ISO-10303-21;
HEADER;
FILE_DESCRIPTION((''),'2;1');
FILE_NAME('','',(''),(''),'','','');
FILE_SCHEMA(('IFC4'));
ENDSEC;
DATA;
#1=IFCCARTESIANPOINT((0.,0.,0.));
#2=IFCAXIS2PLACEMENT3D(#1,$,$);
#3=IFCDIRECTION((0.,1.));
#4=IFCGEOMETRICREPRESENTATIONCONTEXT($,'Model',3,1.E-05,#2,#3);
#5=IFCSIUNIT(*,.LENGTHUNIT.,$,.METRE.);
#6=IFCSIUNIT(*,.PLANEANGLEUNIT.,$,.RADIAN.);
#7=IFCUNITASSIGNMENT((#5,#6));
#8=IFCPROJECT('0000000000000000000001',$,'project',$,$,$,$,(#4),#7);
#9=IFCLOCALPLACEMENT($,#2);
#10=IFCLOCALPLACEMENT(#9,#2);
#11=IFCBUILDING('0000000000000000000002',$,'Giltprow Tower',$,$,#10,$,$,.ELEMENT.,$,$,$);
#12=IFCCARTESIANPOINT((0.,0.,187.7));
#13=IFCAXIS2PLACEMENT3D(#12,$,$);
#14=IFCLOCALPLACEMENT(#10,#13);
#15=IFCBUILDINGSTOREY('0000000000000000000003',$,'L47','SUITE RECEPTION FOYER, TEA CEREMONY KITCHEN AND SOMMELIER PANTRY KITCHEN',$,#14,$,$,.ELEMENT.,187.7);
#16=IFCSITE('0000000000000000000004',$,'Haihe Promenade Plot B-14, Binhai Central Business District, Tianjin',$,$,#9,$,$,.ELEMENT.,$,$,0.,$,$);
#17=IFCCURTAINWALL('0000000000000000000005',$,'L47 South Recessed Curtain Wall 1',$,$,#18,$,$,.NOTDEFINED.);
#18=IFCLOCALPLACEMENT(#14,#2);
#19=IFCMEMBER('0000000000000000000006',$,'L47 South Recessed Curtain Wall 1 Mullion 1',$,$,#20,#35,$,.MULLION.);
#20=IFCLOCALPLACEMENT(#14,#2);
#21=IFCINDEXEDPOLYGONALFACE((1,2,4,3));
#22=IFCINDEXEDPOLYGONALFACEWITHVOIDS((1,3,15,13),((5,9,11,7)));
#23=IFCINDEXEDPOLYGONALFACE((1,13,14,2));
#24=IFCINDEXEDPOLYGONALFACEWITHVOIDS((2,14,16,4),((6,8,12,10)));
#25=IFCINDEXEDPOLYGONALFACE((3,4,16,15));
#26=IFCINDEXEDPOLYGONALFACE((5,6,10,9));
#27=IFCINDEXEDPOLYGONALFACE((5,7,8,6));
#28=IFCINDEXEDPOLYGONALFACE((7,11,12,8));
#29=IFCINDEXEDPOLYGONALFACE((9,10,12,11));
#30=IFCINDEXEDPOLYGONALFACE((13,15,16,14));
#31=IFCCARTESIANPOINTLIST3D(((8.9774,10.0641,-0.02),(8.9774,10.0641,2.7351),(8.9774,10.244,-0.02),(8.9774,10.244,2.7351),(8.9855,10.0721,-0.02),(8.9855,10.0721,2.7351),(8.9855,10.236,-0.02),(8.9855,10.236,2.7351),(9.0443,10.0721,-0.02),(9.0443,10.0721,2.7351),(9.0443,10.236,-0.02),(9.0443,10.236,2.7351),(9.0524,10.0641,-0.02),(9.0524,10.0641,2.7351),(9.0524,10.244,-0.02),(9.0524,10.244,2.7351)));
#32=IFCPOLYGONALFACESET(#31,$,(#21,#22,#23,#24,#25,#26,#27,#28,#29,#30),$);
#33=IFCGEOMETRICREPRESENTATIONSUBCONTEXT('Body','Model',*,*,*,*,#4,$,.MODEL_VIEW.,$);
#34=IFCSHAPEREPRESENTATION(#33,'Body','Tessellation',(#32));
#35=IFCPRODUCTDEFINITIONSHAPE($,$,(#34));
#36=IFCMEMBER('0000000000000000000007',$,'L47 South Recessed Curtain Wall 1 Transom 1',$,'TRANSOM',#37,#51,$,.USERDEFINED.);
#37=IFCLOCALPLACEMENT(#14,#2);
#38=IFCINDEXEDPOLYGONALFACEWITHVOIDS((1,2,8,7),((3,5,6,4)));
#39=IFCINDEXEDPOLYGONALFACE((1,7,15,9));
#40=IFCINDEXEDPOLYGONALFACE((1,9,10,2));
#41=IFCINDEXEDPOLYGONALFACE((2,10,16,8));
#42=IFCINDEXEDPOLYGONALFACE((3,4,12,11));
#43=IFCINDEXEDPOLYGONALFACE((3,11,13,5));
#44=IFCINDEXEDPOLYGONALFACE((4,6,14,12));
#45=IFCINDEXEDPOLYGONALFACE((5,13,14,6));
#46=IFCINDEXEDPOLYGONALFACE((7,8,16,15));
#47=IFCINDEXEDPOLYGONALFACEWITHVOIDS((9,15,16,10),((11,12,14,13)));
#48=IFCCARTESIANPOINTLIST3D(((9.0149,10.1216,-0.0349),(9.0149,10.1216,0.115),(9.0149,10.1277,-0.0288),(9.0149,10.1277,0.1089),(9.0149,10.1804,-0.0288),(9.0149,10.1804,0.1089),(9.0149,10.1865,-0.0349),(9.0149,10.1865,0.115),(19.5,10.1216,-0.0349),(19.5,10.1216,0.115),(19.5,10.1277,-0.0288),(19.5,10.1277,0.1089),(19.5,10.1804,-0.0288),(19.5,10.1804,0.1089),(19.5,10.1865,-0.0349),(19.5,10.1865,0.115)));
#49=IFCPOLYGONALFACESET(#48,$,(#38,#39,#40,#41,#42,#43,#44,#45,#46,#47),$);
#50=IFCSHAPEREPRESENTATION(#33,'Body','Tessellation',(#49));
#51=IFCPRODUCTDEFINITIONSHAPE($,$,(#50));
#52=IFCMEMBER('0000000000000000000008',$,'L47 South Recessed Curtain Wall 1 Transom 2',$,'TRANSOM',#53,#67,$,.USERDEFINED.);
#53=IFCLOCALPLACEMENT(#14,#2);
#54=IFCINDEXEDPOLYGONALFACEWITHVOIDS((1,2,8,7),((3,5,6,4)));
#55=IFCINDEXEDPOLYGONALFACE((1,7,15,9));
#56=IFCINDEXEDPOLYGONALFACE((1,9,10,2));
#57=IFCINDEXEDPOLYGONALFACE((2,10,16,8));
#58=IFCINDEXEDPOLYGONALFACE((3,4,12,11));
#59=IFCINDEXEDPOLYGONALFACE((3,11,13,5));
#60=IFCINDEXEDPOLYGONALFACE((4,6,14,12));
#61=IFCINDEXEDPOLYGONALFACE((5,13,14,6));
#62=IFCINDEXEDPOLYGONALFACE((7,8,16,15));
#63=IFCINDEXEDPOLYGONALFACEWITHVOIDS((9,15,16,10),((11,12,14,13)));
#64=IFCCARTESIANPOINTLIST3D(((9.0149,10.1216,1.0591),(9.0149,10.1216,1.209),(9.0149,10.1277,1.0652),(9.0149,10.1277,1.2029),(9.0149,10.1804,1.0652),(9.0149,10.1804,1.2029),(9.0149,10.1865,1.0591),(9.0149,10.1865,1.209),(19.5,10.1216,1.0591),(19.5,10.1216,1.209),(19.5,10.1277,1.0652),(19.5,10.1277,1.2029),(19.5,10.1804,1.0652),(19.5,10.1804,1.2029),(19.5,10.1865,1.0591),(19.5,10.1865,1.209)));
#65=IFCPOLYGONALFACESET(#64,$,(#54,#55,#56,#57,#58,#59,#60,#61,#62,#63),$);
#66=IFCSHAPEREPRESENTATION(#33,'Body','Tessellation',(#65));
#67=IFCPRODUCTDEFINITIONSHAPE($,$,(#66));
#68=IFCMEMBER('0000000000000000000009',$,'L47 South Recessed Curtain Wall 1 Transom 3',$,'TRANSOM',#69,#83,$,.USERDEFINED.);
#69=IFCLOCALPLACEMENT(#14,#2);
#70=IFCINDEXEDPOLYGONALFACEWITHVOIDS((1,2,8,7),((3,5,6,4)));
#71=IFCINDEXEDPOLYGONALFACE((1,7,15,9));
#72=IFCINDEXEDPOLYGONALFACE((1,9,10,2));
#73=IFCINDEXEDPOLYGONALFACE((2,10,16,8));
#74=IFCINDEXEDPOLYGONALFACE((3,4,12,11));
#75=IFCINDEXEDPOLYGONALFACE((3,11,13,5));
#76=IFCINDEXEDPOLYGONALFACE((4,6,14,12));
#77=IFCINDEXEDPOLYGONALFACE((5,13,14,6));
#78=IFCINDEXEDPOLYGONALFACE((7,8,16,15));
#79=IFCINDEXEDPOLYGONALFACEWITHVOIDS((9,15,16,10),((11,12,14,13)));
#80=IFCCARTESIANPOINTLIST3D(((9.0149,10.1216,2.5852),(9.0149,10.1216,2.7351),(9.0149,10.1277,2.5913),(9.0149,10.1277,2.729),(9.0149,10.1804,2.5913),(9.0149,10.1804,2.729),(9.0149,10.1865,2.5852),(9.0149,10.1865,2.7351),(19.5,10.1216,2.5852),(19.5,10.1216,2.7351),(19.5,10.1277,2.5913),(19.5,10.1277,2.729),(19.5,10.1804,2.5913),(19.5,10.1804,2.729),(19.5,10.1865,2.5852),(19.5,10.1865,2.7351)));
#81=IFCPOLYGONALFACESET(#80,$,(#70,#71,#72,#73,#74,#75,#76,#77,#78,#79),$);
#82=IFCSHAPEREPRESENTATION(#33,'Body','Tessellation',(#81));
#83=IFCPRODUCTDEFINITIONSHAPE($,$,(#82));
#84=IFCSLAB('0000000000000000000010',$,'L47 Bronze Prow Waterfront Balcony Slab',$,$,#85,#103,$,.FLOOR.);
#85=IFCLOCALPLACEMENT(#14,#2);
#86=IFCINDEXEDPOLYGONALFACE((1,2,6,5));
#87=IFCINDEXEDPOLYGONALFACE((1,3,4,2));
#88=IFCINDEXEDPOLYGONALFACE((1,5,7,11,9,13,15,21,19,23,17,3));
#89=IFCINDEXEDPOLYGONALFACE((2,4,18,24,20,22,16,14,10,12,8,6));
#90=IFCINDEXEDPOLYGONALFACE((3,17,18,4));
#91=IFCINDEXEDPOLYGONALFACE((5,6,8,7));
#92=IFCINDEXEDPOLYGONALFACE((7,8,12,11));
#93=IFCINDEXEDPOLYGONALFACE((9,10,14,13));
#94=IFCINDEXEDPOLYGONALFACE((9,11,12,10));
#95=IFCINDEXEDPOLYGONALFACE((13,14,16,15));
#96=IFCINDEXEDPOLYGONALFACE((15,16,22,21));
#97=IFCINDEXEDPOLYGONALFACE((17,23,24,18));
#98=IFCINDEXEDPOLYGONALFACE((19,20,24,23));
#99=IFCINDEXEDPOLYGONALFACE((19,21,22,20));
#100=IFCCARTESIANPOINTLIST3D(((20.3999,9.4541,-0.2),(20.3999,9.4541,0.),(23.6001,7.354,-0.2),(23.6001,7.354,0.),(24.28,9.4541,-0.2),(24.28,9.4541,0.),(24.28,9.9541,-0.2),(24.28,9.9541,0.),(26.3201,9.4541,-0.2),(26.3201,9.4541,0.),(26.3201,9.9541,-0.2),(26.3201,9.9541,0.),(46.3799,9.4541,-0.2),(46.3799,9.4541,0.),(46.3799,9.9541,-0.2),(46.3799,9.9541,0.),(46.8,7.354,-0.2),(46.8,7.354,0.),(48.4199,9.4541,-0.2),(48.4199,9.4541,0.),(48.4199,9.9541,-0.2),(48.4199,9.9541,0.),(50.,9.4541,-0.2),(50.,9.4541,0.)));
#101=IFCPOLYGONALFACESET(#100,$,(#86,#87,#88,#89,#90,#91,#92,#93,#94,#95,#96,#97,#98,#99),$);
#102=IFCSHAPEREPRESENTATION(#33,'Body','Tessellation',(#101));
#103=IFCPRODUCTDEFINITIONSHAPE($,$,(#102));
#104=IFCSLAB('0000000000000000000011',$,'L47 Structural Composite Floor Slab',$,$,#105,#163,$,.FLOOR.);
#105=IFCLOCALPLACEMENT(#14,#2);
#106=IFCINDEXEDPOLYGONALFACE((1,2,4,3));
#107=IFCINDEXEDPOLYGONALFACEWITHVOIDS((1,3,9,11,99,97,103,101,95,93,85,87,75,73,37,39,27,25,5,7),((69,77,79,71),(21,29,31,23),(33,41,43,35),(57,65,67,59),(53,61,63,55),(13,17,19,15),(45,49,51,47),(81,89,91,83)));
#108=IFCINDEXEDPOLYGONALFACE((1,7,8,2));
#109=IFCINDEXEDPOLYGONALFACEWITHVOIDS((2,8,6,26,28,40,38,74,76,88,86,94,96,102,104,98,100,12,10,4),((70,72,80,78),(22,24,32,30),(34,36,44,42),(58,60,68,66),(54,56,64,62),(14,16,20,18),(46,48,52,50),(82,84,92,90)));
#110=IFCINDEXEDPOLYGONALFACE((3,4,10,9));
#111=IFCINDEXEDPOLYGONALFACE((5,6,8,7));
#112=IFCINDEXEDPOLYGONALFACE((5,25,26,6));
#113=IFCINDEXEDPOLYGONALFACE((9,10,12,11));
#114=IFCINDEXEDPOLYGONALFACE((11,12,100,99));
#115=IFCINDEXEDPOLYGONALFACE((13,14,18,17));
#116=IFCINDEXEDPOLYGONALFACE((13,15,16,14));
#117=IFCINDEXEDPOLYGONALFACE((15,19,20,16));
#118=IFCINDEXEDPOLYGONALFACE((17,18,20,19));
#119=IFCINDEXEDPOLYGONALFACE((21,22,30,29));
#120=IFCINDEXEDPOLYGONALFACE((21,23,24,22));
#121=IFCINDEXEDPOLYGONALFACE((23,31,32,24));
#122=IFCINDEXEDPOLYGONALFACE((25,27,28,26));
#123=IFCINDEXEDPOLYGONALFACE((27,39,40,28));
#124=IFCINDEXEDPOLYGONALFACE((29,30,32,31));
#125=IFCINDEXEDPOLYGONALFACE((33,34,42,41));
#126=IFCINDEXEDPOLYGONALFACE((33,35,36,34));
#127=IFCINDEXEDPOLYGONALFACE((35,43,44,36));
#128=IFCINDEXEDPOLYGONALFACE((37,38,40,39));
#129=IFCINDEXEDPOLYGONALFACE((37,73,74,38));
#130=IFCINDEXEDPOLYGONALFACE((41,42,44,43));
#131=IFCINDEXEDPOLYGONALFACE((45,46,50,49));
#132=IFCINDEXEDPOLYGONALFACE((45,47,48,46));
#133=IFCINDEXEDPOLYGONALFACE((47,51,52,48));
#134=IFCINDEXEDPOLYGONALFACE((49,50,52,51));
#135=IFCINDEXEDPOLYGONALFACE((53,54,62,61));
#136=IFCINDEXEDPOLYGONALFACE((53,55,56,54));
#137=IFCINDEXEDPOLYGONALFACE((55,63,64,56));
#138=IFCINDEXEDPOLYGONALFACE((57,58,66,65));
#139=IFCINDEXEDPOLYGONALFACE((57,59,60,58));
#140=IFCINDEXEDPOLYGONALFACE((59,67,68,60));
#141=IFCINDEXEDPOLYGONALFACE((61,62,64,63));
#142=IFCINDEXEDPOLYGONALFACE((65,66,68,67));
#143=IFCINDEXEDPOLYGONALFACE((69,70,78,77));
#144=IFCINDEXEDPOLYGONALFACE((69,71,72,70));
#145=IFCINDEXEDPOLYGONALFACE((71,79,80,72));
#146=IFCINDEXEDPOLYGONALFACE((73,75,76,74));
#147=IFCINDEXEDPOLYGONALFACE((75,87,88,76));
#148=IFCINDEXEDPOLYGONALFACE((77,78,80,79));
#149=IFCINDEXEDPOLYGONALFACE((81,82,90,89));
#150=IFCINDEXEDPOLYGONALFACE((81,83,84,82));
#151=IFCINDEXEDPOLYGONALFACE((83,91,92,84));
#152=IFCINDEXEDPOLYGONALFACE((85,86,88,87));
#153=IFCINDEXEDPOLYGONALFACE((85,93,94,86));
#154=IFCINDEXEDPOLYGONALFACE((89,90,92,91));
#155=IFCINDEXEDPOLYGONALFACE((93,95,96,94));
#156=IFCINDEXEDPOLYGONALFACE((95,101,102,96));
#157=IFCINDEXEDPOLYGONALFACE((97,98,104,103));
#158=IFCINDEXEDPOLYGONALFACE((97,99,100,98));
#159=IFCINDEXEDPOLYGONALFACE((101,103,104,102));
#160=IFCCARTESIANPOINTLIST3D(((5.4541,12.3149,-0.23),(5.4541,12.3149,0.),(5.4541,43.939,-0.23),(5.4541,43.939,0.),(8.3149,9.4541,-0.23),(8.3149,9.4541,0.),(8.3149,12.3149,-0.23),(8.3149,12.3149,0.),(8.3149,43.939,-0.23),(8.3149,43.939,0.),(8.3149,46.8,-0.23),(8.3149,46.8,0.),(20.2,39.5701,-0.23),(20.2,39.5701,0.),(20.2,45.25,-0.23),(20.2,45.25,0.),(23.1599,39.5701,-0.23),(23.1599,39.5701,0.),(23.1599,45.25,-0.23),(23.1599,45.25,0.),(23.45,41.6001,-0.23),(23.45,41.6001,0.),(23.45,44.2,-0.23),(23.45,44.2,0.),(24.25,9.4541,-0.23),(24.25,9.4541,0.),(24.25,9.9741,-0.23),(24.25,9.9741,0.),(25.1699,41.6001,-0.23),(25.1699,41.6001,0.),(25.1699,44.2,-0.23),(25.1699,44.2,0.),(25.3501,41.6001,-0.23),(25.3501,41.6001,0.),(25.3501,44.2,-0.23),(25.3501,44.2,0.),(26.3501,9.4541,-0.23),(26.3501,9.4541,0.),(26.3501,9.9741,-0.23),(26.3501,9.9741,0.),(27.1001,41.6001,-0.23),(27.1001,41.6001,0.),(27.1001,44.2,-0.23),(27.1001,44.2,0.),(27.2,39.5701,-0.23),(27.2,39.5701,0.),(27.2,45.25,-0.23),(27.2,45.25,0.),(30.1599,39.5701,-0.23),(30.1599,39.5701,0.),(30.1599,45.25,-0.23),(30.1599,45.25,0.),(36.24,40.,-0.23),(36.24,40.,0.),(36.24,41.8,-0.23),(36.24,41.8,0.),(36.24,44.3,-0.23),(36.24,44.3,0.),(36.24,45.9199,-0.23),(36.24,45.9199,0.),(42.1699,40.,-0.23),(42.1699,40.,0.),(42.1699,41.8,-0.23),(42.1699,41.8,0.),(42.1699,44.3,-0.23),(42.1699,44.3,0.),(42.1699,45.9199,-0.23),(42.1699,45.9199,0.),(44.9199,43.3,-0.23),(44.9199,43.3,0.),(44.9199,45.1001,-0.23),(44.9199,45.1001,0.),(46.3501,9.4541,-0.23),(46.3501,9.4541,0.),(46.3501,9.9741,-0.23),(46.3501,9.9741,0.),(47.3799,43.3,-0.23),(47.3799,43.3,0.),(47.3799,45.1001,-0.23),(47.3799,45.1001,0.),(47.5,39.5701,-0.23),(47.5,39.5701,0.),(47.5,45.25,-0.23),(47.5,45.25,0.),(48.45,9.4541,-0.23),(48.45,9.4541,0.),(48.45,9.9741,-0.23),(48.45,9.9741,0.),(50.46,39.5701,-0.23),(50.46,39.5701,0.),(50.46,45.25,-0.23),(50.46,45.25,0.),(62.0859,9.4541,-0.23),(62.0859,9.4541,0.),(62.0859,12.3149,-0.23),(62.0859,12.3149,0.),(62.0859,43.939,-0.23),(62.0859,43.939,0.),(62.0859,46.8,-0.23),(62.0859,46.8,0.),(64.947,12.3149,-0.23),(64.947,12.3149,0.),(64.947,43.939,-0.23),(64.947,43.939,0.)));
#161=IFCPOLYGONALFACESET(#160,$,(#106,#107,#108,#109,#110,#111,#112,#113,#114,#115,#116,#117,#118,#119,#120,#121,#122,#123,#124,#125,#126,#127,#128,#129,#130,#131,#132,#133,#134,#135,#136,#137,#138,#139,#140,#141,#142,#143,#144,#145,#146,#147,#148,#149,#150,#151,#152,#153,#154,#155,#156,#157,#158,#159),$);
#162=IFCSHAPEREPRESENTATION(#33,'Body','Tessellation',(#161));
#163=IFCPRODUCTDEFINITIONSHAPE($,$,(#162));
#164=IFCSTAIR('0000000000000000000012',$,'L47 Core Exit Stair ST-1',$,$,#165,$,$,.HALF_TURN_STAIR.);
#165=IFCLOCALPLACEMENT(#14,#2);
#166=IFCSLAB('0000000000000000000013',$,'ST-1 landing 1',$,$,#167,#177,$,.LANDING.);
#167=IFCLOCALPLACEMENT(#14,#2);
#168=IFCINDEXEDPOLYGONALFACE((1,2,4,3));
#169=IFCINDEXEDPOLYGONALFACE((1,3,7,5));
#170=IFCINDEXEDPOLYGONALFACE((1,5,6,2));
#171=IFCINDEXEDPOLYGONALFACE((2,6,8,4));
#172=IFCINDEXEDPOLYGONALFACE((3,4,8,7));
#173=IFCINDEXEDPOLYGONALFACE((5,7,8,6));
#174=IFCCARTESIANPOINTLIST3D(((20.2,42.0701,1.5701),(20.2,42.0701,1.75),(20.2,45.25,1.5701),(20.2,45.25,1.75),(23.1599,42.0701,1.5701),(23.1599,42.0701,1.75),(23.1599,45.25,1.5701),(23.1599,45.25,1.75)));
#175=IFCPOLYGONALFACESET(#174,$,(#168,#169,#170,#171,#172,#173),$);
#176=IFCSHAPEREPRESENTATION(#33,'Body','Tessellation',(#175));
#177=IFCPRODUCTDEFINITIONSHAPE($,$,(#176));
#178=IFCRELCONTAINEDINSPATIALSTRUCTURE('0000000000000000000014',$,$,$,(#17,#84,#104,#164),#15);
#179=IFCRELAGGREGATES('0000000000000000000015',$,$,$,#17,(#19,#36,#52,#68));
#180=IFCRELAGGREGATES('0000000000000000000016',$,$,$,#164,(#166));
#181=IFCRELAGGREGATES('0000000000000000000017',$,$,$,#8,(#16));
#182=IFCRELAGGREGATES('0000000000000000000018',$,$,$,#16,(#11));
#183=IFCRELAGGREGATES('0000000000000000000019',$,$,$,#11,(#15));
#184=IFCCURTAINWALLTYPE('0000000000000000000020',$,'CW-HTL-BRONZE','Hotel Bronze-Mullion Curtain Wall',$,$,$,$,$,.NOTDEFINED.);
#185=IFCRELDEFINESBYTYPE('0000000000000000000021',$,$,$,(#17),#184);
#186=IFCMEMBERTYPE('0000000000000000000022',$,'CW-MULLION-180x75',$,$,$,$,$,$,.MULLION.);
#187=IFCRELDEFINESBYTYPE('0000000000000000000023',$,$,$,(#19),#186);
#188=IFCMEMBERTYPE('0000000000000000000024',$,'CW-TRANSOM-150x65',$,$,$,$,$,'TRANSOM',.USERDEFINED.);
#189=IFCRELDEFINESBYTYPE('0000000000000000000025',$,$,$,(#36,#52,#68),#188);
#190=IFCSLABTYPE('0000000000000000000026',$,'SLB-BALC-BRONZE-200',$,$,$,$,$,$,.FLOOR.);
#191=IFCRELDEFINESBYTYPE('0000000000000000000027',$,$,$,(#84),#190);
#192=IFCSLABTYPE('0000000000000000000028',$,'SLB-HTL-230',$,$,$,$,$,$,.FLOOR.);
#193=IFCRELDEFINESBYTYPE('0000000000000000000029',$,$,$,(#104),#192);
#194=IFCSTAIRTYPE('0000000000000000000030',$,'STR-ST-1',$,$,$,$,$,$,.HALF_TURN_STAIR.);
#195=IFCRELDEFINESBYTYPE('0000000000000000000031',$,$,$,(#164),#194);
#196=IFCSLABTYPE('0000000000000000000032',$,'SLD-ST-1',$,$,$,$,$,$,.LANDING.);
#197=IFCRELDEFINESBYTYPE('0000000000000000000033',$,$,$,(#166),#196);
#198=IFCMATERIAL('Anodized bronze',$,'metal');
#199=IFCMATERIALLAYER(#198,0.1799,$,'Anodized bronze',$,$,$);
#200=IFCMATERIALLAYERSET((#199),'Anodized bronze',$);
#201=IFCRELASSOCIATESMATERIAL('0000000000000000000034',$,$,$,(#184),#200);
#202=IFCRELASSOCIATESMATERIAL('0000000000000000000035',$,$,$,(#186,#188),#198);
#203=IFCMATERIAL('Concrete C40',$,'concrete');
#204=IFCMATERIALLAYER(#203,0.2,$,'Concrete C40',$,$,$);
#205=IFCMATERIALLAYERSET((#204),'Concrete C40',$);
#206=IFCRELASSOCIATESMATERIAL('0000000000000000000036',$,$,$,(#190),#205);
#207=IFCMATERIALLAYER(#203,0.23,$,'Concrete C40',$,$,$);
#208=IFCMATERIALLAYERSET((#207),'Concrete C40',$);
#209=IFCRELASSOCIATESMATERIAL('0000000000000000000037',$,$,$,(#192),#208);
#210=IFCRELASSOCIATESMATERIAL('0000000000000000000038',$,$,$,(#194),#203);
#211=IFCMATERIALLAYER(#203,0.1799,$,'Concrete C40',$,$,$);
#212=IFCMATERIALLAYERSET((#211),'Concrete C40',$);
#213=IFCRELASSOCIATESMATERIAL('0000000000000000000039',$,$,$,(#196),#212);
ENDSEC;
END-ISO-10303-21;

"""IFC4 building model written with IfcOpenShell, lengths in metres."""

from ifc_helpers import new_model, si_unit, direction, frame, origin, origin_2d, place, context, subcontext, project, spatial, polyline, hollow_rectangle, outline, extrude, source, transform, mapped, material, layer, layer_set, material_profile, profile_set, type_object, element, aggregate, save


model = new_model("IFC4")

# Units and contexts
model_context = context("Model", 3, precision=1e-05, world=origin(), true_north=direction((0.0, 1.0)))
body_context = subcontext(model_context, "Body", "Model", "MODEL_VIEW")
ifc_project = project(units=[si_unit("LENGTHUNIT", "METRE"), si_unit("PLANEANGLEUNIT", "RADIAN")], contexts=[model_context])

# Site, building, storey
site_placement = place(None, origin())
site = spatial("IfcSite", under=ifc_project, at=site_placement, Name="Haihe Promenade Plot B-14, Binhai Central Business District, Tianjin", CompositionType="ELEMENT", RefElevation=0.0)
building_placement = place(site_placement, origin())
building = spatial("IfcBuilding", under=site, at=building_placement, Name="Giltprow Tower", CompositionType="ELEMENT")
storey_placement = place(building_placement, frame((0.0, 0.0, 187.7)))
storey = spatial("IfcBuildingStorey", under=building, at=storey_placement, Name="L47", Description="SUITE RECEPTION FOYER, TEA CEREMONY KITCHEN AND SOMMELIER PANTRY KITCHEN", CompositionType="ELEMENT", Elevation=187.7)

# Curtain wall, members
ifc_material_1 = material(Name="Anodized bronze", Category="metal")
ifc_layer_1 = layer(ifc_material_1, 0.1799, Name="Anodized bronze")
ifc_layer_set_1 = layer_set([ifc_layer_1], Name="Anodized bronze")
curtain_wall_type = type_object("IfcCurtainWallType", Name="CW-HTL-BRONZE", Description="Hotel Bronze-Mullion Curtain Wall", PredefinedType="NOTDEFINED", material=ifc_layer_set_1)
curtain_wall_placement = place(storey_placement, origin())
curtain_wall = element("IfcCurtainWall", 1, at=curtain_wall_placement, inside=storey, type_object=curtain_wall_type, Name="L47 South Recessed Curtain Wall 1", PredefinedType="NOTDEFINED")
ifc_material_profile_1 = material_profile(ifc_material_1, hollow_rectangle(XDim=0.075, YDim=0.1799, WallThickness=0.0081, at=origin_2d()), Name="RHS 180x75x8")
ifc_profile_set_1 = profile_set([ifc_material_profile_1], Name="Anodized bronze")
member_type_1 = type_object("IfcMemberType", Name="CW-MULLION-180x75", PredefinedType="MULLION", material=ifc_profile_set_1)
shared_shape_1 = source(origin(), body_context, "Body", "SweptSolid", [
    extrude(hollow_rectangle(XDim=0.075, YDim=0.1799, WallThickness=0.0081, at=origin_2d()), origin(), (0.0, 0.0, 1.0), 2.7551),
])
member_1_placement = place(storey_placement, frame((9.0149, 10.1541, -0.02), z_axis=(0.0, 0.0, 1.0), x_axis=(1.0, 0.0, 0.0)))
member_1 = element("IfcMember", 2, at=member_1_placement, type_object=member_type_1, Name="L47 South Recessed Curtain Wall 1 Mullion 1", PredefinedType="MULLION", context=body_context, shape_type="MappedRepresentation", body=[
    mapped(shared_shape_1, transform((0.0, 0.0, 0.0), x_axis=(1.0, 0.0, 0.0), y_axis=(0.0, 1.0, 0.0), z_axis=(0.0, 0.0, 1.0), scale=1.0)),
])
ifc_material_profile_2 = material_profile(ifc_material_1, hollow_rectangle(XDim=0.0649, YDim=0.1499, WallThickness=0.0061, at=origin_2d()), Name="RHS 150x65x6")
ifc_profile_set_2 = profile_set([ifc_material_profile_2], Name="Anodized bronze")
member_type_2 = type_object("IfcMemberType", Name="CW-TRANSOM-150x65", ElementType="TRANSOM", PredefinedType="USERDEFINED", material=ifc_profile_set_2)
shared_shape_2 = source(origin(), body_context, "Body", "SweptSolid", [
    extrude(hollow_rectangle(XDim=0.0649, YDim=0.1499, WallThickness=0.0061, at=origin_2d()), origin(), (0.0, 0.0, 1.0), 10.4851),
])
member_2_placement = place(storey_placement, frame((9.0149, 10.1541, 0.04), z_axis=(1.0, 0.0, 0.0), x_axis=(0.0, 1.0, 0.0)))
member_2 = element("IfcMember", 3, at=member_2_placement, type_object=member_type_2, Name="L47 South Recessed Curtain Wall 1 Transom 1", ObjectType="TRANSOM", PredefinedType="USERDEFINED", context=body_context, shape_type="MappedRepresentation", body=[
    mapped(shared_shape_2, transform((0.0, 0.0, 0.0), x_axis=(1.0, 0.0, 0.0), y_axis=(0.0, 1.0, 0.0), z_axis=(0.0, 0.0, 1.0), scale=1.0)),
])
member_3_placement = place(storey_placement, frame((9.0149, 10.1541, 1.134), z_axis=(1.0, 0.0, 0.0), x_axis=(0.0, 1.0, 0.0)))
member_3 = element("IfcMember", 4, at=member_3_placement, type_object=member_type_2, Name="L47 South Recessed Curtain Wall 1 Transom 2", ObjectType="TRANSOM", PredefinedType="USERDEFINED", context=body_context, shape_type="MappedRepresentation", body=[
    mapped(shared_shape_2, transform((0.0, 0.0, 0.0), x_axis=(1.0, 0.0, 0.0), y_axis=(0.0, 1.0, 0.0), z_axis=(0.0, 0.0, 1.0), scale=1.0)),
])
member_4_placement = place(storey_placement, frame((9.0149, 10.1541, 2.6602), z_axis=(1.0, 0.0, 0.0), x_axis=(0.0, 1.0, 0.0)))
member_4 = element("IfcMember", 5, at=member_4_placement, type_object=member_type_2, Name="L47 South Recessed Curtain Wall 1 Transom 3", ObjectType="TRANSOM", PredefinedType="USERDEFINED", context=body_context, shape_type="MappedRepresentation", body=[
    mapped(shared_shape_2, transform((0.0, 0.0, 0.0), x_axis=(1.0, 0.0, 0.0), y_axis=(0.0, 1.0, 0.0), z_axis=(0.0, 0.0, 1.0), scale=1.0)),
])
aggregate(curtain_wall, [member_1, member_2, member_3, member_4])

# Slabs
ifc_material_2 = material(Name="Concrete C40", Category="concrete")
ifc_layer_2 = layer(ifc_material_2, 0.2, Name="Concrete C40")
ifc_layer_set_2 = layer_set([ifc_layer_2], Name="Concrete C40")
slab_type_1 = type_object("IfcSlabType", Name="SLB-BALC-BRONZE-200", PredefinedType="FLOOR", material=ifc_layer_set_2)
slab_1_placement = place(storey_placement, frame((0.0, 0.0, -0.2)))
element("IfcSlab", 6, at=slab_1_placement, inside=storey, type_object=slab_type_1, Name="L47 Bronze Prow Waterfront Balcony Slab", PredefinedType="FLOOR", context=body_context, shape_type="SweptSolid", body=[
    extrude(outline(polyline([(50.0, 9.4541), (46.8, 7.354), (23.6001, 7.354), (20.3999, 9.4541), (24.28, 9.4541), (24.28, 9.9541), (26.3201, 9.9541), (26.3201, 9.4541), (46.3799, 9.4541), (46.3799, 9.9541), (48.4199, 9.9541), (48.4199, 9.4541), (50.0, 9.4541)])), origin(), (0.0, 0.0, 1.0), 0.2),
])
ifc_layer_3 = layer(ifc_material_2, 0.23, Name="Concrete C40")
ifc_layer_set_3 = layer_set([ifc_layer_3], Name="Concrete C40")
slab_type_2 = type_object("IfcSlabType", Name="SLB-HTL-230", PredefinedType="FLOOR", material=ifc_layer_set_3)
slab_2_placement = place(storey_placement, frame((0.0, 0.0, -0.23)))
element("IfcSlab", 7, at=slab_2_placement, inside=storey, type_object=slab_type_2, Name="L47 Structural Composite Floor Slab", PredefinedType="FLOOR", context=body_context, shape_type="SweptSolid", body=[
    extrude(outline(polyline([(8.3149, 9.4541), (8.3149, 12.3149), (5.4541, 12.3149), (5.4541, 43.939), (8.3149, 43.939), (8.3149, 46.8), (62.0859, 46.8), (62.0859, 43.939), (64.947, 43.939), (64.947, 12.3149), (62.0859, 12.3149), (62.0859, 9.4541), (48.45, 9.4541), (48.45, 9.9741), (46.3501, 9.9741), (46.3501, 9.4541), (26.3501, 9.4541), (26.3501, 9.9741), (24.25, 9.9741), (24.25, 9.4541), (8.3149, 9.4541)]), holes=[polyline([(42.1699, 41.8), (36.24, 41.8), (36.24, 40.0), (42.1699, 40.0), (42.1699, 41.8)]), polyline([(23.1599, 39.5701), (23.1599, 45.25), (20.2, 45.25), (20.2, 39.5701), (23.1599, 39.5701)]), polyline([(30.1599, 39.5701), (30.1599, 45.25), (27.2, 45.25), (27.2, 39.5701), (30.1599, 39.5701)]), polyline([(50.46, 45.25), (47.5, 45.25), (47.5, 39.5701), (50.46, 39.5701), (50.46, 45.25)]), polyline([(25.1699, 44.2), (23.45, 44.2), (23.45, 41.6001), (25.1699, 41.6001), (25.1699, 44.2)]), polyline([(27.1001, 44.2), (25.3501, 44.2), (25.3501, 41.6001), (27.1001, 41.6001), (27.1001, 44.2)]), polyline([(47.3799, 43.3), (47.3799, 45.1001), (44.9199, 45.1001), (44.9199, 43.3), (47.3799, 43.3)]), polyline([(42.1699, 44.3), (42.1699, 45.9199), (36.24, 45.9199), (36.24, 44.3), (42.1699, 44.3)])]), origin(), (0.0, 0.0, 1.0), 0.23),
])

# Stair, slab
stair_type_1 = type_object("IfcStairType", Name="STR-ST-1", PredefinedType="HALF_TURN_STAIR", material=ifc_material_2)
stair_1_placement = place(storey_placement, origin())
stair_1 = element("IfcStair", 8, at=stair_1_placement, inside=storey, type_object=stair_type_1, Name="L47 Core Exit Stair ST-1", PredefinedType="HALF_TURN_STAIR")
ifc_layer_4 = layer(ifc_material_2, 0.1799, Name="Concrete C40")
ifc_layer_set_4 = layer_set([ifc_layer_4], Name="Concrete C40")
slab_type_3 = type_object("IfcSlabType", Name="SLD-ST-1", PredefinedType="LANDING", material=ifc_layer_set_4)
slab_3_placement = place(storey_placement, frame((0.0, 0.0, 1.5701)))
slab_3 = element("IfcSlab", 9, at=slab_3_placement, type_object=slab_type_3, Name="ST-1 landing 1", PredefinedType="LANDING", context=body_context, shape_type="SweptSolid", body=[
    extrude(outline(polyline([(23.1599, 42.0701), (23.1599, 45.25), (20.2, 45.25), (20.2, 42.0701), (23.1599, 42.0701)])), origin(), (0.0, 0.0, 1.0), 0.1799),
])
aggregate(stair_1, [slab_3])

save(model, "model.ifc")
